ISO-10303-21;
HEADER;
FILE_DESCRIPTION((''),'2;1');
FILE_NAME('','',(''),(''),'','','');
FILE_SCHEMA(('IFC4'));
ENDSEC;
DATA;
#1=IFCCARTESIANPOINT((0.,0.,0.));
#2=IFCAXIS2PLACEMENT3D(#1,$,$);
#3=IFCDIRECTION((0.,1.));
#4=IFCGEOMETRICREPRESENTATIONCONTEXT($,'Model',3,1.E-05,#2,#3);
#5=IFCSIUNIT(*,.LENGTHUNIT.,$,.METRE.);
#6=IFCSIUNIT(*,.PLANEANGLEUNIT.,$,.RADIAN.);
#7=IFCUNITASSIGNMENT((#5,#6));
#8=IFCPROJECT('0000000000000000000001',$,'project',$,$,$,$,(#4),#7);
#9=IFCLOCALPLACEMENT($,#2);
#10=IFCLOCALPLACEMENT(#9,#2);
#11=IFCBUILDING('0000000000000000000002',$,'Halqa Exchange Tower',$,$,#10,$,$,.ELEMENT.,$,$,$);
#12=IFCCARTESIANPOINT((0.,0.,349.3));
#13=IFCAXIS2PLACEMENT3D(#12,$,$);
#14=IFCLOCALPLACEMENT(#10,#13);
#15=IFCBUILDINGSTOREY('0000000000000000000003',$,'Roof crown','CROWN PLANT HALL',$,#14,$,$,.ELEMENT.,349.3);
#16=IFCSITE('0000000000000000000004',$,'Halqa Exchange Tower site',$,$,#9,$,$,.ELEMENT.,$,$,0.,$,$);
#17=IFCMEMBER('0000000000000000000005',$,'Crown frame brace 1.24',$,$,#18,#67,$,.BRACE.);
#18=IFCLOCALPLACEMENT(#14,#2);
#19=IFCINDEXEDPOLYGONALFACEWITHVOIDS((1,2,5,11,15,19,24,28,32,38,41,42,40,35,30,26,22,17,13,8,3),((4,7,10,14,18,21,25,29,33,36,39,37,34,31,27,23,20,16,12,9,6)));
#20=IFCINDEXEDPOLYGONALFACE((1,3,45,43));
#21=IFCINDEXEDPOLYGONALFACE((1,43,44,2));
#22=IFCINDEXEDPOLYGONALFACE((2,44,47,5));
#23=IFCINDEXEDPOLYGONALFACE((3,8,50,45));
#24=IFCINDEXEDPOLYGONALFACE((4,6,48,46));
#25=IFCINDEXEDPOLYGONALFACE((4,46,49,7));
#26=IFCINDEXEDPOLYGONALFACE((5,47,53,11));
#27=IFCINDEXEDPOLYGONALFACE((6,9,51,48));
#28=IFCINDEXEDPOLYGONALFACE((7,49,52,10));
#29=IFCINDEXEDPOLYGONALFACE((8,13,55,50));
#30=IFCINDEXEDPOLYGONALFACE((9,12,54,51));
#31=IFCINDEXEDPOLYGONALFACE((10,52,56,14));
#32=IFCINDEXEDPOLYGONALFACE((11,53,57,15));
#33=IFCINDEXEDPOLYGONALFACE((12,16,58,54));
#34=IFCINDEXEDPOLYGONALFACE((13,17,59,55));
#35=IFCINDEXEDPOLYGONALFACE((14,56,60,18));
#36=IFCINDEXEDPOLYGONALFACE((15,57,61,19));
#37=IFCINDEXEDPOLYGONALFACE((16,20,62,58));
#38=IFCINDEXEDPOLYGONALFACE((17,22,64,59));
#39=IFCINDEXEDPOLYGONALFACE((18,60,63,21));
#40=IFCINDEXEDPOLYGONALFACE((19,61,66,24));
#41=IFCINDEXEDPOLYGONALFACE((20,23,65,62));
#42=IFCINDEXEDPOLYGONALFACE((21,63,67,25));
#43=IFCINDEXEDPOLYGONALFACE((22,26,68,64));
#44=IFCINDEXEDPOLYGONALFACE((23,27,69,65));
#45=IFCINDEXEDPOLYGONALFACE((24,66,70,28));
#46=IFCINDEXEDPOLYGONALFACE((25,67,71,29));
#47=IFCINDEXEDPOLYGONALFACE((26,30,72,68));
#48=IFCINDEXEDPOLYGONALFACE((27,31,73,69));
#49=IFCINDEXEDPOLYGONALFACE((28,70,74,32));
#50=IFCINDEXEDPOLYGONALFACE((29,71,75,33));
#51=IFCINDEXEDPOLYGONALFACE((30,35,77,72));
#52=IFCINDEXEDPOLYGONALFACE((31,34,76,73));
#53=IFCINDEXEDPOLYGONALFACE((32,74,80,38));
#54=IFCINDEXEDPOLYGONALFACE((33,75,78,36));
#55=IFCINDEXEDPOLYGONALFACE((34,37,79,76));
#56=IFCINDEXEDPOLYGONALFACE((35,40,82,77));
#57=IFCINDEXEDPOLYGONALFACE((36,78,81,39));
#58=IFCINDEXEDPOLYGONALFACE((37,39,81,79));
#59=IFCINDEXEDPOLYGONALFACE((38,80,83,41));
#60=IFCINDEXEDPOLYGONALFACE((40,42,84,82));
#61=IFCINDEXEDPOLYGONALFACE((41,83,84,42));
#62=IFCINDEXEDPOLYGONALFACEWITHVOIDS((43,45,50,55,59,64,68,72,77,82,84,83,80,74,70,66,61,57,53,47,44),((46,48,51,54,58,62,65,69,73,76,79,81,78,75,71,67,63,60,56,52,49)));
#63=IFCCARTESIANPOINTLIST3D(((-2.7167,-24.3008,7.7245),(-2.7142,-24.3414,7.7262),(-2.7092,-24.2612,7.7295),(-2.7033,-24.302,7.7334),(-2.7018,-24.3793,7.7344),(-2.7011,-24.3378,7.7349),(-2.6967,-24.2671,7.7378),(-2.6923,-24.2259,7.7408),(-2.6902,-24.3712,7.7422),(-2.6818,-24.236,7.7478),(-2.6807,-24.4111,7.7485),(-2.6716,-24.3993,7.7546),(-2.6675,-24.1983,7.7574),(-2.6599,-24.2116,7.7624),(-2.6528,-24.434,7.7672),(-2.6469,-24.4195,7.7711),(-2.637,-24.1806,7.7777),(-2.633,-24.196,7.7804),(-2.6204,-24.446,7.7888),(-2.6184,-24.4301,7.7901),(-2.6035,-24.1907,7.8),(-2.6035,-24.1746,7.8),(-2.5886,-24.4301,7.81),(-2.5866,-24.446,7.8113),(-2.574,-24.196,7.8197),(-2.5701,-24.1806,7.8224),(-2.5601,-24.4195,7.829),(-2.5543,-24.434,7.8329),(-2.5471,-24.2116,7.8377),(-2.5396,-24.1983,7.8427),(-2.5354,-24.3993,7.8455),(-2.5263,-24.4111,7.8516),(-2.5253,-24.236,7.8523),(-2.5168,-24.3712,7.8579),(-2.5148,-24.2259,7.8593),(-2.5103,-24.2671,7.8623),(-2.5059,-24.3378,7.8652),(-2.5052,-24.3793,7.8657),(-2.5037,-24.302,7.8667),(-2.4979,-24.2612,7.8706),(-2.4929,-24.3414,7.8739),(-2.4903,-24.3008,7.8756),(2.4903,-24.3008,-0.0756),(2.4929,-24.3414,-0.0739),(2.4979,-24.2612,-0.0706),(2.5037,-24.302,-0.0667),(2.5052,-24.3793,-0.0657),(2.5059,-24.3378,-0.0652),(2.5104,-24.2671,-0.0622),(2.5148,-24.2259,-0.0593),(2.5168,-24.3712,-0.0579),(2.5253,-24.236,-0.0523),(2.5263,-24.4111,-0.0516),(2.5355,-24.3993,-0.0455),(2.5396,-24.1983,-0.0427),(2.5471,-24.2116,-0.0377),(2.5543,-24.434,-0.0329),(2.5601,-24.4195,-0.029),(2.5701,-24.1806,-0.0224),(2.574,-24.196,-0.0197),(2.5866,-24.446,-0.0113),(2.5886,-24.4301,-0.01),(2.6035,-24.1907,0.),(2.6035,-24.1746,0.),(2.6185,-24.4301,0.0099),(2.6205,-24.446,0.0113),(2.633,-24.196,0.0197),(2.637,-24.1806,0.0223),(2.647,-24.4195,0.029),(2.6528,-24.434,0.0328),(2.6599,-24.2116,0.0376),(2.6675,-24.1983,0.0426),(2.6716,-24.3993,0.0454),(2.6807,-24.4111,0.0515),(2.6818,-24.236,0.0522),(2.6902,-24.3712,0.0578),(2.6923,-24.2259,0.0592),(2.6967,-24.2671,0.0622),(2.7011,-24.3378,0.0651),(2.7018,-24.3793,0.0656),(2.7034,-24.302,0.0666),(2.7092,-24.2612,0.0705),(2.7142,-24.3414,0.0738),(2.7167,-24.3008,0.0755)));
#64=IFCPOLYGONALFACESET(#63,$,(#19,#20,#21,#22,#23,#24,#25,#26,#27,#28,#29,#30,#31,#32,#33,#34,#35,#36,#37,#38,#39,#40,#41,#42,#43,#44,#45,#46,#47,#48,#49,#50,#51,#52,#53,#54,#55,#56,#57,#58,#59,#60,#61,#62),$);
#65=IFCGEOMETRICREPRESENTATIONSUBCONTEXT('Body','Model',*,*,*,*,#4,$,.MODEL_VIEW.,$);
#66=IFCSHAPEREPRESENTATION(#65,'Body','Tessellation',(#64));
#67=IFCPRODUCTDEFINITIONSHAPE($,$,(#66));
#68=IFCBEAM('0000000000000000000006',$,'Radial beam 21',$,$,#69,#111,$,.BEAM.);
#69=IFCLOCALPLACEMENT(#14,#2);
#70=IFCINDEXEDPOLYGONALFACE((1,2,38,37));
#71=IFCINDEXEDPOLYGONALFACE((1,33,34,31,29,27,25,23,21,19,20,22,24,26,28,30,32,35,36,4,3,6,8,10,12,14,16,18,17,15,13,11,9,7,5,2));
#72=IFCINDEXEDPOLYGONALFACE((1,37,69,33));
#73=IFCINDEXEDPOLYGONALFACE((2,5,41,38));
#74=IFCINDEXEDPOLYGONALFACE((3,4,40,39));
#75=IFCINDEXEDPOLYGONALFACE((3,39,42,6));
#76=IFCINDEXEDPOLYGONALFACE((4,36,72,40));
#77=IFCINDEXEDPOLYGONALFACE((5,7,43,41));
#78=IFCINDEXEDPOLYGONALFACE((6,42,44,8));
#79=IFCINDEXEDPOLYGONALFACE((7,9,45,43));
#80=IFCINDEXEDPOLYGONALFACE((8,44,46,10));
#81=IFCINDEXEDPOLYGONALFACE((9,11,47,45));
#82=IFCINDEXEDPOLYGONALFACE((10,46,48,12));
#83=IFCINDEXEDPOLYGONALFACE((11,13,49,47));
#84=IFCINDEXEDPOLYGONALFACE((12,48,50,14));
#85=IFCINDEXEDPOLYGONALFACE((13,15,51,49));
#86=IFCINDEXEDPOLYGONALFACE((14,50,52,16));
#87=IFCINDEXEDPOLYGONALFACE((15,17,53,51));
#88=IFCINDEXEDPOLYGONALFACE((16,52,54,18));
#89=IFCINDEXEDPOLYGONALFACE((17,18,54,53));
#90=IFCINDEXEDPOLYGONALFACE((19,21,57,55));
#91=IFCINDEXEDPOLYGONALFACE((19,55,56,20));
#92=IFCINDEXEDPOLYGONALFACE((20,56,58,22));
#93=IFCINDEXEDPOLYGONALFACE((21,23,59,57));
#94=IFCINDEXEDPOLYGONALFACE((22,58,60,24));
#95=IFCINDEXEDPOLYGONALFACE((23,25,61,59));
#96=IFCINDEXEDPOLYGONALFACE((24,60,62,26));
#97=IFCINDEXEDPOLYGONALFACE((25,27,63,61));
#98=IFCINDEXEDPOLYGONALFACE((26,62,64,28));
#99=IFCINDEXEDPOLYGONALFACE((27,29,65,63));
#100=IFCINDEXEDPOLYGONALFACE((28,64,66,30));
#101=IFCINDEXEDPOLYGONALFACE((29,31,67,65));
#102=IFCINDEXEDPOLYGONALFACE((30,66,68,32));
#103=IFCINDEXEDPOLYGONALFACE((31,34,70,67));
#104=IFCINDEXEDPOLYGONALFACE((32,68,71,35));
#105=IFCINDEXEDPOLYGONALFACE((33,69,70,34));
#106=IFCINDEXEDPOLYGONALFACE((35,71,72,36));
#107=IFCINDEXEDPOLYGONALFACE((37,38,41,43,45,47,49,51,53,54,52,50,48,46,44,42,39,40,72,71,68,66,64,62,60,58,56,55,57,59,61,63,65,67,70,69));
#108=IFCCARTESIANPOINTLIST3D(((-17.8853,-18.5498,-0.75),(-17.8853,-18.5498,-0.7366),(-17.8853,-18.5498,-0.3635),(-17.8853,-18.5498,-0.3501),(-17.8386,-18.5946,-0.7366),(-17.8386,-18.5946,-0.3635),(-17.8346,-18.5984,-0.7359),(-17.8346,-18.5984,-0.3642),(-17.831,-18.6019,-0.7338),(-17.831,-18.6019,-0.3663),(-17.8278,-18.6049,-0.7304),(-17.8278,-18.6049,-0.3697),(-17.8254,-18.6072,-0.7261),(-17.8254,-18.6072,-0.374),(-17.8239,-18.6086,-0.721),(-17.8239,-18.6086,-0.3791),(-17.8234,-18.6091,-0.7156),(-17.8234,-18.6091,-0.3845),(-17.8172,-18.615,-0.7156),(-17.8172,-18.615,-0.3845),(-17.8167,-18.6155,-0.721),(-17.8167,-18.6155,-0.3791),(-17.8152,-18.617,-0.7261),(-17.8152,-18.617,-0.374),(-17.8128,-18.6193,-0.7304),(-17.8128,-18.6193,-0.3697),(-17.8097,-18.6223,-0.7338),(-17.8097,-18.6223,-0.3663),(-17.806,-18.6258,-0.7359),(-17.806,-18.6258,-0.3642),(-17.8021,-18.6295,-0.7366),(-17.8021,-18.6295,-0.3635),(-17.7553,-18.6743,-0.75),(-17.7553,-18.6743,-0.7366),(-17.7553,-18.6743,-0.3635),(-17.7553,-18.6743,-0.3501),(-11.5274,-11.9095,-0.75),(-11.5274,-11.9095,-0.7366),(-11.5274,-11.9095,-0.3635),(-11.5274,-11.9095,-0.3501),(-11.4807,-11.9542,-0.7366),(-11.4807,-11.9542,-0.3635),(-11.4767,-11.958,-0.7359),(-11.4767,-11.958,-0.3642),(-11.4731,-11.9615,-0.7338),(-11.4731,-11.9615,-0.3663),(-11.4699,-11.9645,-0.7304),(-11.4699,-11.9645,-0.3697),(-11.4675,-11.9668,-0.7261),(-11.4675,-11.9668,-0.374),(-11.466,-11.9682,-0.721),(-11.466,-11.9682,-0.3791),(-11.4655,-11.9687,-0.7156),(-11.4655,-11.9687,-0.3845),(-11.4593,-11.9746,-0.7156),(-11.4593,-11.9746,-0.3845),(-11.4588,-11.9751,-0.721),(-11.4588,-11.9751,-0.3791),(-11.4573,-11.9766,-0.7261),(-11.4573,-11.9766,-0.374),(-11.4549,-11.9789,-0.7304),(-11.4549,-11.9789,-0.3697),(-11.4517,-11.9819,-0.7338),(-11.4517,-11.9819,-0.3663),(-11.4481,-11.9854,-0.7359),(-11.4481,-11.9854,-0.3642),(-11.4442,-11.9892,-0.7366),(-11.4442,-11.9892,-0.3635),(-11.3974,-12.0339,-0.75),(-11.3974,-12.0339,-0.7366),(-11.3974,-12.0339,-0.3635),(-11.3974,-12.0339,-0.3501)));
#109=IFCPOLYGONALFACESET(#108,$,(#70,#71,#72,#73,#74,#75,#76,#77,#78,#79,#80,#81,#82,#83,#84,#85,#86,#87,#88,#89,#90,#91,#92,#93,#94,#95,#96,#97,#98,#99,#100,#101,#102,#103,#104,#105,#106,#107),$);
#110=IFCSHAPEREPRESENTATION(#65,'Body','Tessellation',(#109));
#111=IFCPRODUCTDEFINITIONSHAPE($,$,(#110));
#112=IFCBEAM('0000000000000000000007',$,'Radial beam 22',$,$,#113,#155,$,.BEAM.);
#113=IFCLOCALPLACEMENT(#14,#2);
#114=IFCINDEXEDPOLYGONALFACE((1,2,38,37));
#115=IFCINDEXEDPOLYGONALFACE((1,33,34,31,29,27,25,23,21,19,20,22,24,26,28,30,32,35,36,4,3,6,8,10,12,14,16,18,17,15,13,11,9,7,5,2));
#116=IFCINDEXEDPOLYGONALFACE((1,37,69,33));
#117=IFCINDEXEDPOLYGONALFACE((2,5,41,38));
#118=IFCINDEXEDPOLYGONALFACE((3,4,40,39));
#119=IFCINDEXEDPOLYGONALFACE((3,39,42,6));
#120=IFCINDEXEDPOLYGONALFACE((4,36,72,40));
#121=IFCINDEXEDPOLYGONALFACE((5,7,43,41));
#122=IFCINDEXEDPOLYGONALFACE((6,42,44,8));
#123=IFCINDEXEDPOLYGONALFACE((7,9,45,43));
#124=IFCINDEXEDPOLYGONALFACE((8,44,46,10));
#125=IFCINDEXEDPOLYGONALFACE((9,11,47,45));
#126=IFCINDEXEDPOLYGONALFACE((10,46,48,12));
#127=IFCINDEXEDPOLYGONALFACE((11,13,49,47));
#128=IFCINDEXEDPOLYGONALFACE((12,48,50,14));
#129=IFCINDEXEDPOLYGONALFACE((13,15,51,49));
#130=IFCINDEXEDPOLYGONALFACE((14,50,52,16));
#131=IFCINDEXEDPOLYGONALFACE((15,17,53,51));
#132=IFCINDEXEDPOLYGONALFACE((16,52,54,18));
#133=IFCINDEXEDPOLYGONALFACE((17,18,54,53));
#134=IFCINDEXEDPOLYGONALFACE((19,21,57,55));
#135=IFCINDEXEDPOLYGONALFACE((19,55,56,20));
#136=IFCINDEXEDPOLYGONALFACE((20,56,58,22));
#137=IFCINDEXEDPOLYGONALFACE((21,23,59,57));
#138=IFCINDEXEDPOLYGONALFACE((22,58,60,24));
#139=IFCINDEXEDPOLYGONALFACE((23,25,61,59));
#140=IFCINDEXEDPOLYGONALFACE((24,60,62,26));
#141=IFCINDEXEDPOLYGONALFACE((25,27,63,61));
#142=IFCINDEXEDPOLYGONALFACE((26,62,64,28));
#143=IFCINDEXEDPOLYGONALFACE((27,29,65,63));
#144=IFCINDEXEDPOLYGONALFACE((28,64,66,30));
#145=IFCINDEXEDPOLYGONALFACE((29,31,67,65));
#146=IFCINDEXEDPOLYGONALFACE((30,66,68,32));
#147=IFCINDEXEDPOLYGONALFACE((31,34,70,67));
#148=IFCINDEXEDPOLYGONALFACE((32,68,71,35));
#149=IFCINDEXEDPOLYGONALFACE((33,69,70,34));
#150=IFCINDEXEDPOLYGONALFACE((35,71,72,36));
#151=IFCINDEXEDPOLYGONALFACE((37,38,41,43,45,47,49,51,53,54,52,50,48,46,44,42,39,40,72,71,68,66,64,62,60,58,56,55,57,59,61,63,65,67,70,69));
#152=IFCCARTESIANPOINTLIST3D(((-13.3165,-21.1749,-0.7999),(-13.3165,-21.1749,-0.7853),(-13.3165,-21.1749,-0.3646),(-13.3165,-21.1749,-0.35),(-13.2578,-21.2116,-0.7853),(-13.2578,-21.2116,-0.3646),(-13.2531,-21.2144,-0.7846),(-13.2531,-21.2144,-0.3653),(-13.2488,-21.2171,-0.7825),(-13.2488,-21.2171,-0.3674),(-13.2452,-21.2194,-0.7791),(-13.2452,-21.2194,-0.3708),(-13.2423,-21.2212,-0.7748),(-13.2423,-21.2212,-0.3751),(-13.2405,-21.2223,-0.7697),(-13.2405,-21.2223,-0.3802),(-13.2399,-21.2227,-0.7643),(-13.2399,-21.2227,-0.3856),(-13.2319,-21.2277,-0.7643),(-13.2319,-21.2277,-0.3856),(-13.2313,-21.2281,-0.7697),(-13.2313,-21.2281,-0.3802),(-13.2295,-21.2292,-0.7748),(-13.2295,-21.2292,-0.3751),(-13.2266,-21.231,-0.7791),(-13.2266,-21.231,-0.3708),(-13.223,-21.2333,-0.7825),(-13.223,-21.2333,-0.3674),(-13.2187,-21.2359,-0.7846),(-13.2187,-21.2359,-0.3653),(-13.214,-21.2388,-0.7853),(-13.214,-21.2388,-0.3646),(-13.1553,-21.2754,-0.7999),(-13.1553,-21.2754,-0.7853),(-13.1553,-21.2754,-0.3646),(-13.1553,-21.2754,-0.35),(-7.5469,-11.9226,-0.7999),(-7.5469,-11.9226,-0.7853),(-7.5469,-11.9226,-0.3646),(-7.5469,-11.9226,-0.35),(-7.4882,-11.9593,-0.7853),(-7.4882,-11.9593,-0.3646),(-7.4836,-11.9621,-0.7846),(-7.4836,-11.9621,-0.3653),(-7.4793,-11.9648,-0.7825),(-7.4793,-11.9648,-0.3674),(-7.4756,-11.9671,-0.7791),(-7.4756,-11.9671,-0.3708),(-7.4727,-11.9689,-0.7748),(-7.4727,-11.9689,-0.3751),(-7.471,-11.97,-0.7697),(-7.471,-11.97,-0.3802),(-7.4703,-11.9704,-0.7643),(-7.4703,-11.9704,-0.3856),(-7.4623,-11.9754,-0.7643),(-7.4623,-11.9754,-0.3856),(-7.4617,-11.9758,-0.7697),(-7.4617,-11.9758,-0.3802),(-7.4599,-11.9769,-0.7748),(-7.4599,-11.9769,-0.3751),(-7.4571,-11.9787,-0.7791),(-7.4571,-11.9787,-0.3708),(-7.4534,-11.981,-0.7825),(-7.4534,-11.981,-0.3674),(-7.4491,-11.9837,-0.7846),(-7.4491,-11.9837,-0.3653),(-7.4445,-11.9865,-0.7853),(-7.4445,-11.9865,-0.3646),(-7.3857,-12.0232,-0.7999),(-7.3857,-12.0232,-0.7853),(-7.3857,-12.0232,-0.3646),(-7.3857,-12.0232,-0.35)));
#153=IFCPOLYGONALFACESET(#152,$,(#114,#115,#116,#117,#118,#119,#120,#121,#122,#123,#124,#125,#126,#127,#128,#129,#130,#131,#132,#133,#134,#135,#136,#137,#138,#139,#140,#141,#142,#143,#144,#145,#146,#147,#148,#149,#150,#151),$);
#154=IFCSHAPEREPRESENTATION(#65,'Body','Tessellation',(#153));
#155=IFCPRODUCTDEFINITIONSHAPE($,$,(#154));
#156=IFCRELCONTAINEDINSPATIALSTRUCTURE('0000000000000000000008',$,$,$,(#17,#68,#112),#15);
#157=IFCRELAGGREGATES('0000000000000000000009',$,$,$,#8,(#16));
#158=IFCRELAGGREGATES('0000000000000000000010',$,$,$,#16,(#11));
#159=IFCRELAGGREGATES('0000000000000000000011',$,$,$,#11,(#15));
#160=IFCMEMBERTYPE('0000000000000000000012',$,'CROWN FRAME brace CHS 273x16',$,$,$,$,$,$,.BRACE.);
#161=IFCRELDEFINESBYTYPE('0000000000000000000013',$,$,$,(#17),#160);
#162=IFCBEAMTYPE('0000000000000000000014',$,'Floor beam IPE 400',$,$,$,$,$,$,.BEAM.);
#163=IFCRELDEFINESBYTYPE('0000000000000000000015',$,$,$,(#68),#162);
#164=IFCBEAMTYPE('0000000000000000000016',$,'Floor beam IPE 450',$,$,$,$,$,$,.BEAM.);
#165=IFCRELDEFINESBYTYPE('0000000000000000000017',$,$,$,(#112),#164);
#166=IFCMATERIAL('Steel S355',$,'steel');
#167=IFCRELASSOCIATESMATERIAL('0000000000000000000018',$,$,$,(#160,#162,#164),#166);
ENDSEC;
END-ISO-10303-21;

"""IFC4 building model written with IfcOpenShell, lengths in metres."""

from ifc_helpers import new_model, si_unit, direction, frame, origin, origin_2d, place, context, subcontext, project, spatial, hollow_circle, i_section, extrude, material, material_profile, profile_set, type_object, element, save


model = new_model("IFC4")

# Units and contexts
model_context = context("Model", 3, precision=1e-05, world=origin(), true_north=direction((0.0, 1.0)))
body_context = subcontext(model_context, "Body", "Model", "MODEL_VIEW")
ifc_project = project(units=[si_unit("LENGTHUNIT", "METRE"), si_unit("PLANEANGLEUNIT", "RADIAN")], contexts=[model_context])

# Site, building, storey
site_placement = place(None, origin())
site = spatial("IfcSite", under=ifc_project, at=site_placement, Name="Halqa Exchange Tower site", CompositionType="ELEMENT", RefElevation=0.0)
building_placement = place(site_placement, origin())
building = spatial("IfcBuilding", under=site, at=building_placement, Name="Halqa Exchange Tower", CompositionType="ELEMENT")
storey_placement = place(building_placement, frame((0.0, 0.0, 349.3)))
storey = spatial("IfcBuildingStorey", under=building, at=storey_placement, Name="Roof crown", Description="CROWN PLANT HALL", CompositionType="ELEMENT", Elevation=349.3)

# Shared definitions
ifc_material_1 = material(Name="Steel S355", Category="steel")

# Member
ifc_material_profile_1 = material_profile(ifc_material_1, hollow_circle(Radius=0.1365, WallThickness=0.0161, at=origin_2d()), Name="CHS 273x16")
ifc_profile_set_1 = profile_set([ifc_material_profile_1], Name="Steel S355")
member_type = type_object("IfcMemberType", Name="CROWN FRAME brace CHS 273x16", PredefinedType="BRACE", material=ifc_profile_set_1)
member_1_placement = place(storey_placement, frame((-2.6035, -24.311, 7.8), z_axis=(0.555217, 0.0, -0.831706), x_axis=(0.0, 1.0, 0.0)))
element("IfcMember", 1, at=member_1_placement, inside=storey, type_object=member_type, Name="Crown frame brace 1.24", PredefinedType="BRACE", context=body_context, shape_type="SweptSolid", body=[
    extrude(hollow_circle(Radius=0.1365, WallThickness=0.0161, at=origin_2d()), origin(), (0.0, 0.0, 1.0), 9.3784),
])

# Beams
ifc_material_profile_2 = material_profile(ifc_material_1, i_section(OverallWidth=0.1799, OverallDepth=0.3999, WebThickness=0.0085, FlangeThickness=0.0134, FilletRadius=0.021, at=origin_2d()), Name="IPE 400")
ifc_profile_set_2 = profile_set([ifc_material_profile_2], Name="Steel S355")
beam_type_1 = type_object("IfcBeamType", Name="Floor beam IPE 400", PredefinedType="BEAM", material=ifc_profile_set_2)
beam_1_placement = place(storey_placement, frame((-11.4624, -11.9717, -0.55), z_axis=(-0.691577, -0.722303, 0.0), x_axis=(0.722303, -0.691577, 0.0)))
element("IfcBeam", 2, at=beam_1_placement, inside=storey, type_object=beam_type_1, Name="Radial beam 21", PredefinedType="BEAM", context=body_context, shape_type="SweptSolid", body=[
    extrude(i_section(OverallWidth=0.1799, OverallDepth=0.3999, WebThickness=0.0085, FlangeThickness=0.0134, FilletRadius=0.021, at=origin_2d()), origin(), (0.0, 0.0, 1.0), 9.1934),
])
ifc_material_profile_3 = material_profile(ifc_material_1, i_section(OverallWidth=0.1899, OverallDepth=0.45, WebThickness=0.0095, FlangeThickness=0.0146, FilletRadius=0.021, at=origin_2d()), Name="IPE 450")
ifc_profile_set_3 = profile_set([ifc_material_profile_3], Name="Steel S355")
beam_type_2 = type_object("IfcBeamType", Name="Floor beam IPE 450", PredefinedType="BEAM", material=ifc_profile_set_3)
beam_2_placement = place(storey_placement, frame((-7.4663, -11.9729, -0.575), z_axis=(-0.529135, -0.848538, 0.0), x_axis=(0.848538, -0.529135, 0.0)))
element("IfcBeam", 3, at=beam_2_placement, inside=storey, type_object=beam_type_2, Name="Radial beam 22", PredefinedType="BEAM", context=body_context, shape_type="SweptSolid", body=[
    extrude(i_section(OverallWidth=0.1899, OverallDepth=0.45, WebThickness=0.0095, FlangeThickness=0.0146, FilletRadius=0.021, at=origin_2d()), origin(), (0.0, 0.0, 1.0), 10.9038),
])

save(model, "model.ifc")
